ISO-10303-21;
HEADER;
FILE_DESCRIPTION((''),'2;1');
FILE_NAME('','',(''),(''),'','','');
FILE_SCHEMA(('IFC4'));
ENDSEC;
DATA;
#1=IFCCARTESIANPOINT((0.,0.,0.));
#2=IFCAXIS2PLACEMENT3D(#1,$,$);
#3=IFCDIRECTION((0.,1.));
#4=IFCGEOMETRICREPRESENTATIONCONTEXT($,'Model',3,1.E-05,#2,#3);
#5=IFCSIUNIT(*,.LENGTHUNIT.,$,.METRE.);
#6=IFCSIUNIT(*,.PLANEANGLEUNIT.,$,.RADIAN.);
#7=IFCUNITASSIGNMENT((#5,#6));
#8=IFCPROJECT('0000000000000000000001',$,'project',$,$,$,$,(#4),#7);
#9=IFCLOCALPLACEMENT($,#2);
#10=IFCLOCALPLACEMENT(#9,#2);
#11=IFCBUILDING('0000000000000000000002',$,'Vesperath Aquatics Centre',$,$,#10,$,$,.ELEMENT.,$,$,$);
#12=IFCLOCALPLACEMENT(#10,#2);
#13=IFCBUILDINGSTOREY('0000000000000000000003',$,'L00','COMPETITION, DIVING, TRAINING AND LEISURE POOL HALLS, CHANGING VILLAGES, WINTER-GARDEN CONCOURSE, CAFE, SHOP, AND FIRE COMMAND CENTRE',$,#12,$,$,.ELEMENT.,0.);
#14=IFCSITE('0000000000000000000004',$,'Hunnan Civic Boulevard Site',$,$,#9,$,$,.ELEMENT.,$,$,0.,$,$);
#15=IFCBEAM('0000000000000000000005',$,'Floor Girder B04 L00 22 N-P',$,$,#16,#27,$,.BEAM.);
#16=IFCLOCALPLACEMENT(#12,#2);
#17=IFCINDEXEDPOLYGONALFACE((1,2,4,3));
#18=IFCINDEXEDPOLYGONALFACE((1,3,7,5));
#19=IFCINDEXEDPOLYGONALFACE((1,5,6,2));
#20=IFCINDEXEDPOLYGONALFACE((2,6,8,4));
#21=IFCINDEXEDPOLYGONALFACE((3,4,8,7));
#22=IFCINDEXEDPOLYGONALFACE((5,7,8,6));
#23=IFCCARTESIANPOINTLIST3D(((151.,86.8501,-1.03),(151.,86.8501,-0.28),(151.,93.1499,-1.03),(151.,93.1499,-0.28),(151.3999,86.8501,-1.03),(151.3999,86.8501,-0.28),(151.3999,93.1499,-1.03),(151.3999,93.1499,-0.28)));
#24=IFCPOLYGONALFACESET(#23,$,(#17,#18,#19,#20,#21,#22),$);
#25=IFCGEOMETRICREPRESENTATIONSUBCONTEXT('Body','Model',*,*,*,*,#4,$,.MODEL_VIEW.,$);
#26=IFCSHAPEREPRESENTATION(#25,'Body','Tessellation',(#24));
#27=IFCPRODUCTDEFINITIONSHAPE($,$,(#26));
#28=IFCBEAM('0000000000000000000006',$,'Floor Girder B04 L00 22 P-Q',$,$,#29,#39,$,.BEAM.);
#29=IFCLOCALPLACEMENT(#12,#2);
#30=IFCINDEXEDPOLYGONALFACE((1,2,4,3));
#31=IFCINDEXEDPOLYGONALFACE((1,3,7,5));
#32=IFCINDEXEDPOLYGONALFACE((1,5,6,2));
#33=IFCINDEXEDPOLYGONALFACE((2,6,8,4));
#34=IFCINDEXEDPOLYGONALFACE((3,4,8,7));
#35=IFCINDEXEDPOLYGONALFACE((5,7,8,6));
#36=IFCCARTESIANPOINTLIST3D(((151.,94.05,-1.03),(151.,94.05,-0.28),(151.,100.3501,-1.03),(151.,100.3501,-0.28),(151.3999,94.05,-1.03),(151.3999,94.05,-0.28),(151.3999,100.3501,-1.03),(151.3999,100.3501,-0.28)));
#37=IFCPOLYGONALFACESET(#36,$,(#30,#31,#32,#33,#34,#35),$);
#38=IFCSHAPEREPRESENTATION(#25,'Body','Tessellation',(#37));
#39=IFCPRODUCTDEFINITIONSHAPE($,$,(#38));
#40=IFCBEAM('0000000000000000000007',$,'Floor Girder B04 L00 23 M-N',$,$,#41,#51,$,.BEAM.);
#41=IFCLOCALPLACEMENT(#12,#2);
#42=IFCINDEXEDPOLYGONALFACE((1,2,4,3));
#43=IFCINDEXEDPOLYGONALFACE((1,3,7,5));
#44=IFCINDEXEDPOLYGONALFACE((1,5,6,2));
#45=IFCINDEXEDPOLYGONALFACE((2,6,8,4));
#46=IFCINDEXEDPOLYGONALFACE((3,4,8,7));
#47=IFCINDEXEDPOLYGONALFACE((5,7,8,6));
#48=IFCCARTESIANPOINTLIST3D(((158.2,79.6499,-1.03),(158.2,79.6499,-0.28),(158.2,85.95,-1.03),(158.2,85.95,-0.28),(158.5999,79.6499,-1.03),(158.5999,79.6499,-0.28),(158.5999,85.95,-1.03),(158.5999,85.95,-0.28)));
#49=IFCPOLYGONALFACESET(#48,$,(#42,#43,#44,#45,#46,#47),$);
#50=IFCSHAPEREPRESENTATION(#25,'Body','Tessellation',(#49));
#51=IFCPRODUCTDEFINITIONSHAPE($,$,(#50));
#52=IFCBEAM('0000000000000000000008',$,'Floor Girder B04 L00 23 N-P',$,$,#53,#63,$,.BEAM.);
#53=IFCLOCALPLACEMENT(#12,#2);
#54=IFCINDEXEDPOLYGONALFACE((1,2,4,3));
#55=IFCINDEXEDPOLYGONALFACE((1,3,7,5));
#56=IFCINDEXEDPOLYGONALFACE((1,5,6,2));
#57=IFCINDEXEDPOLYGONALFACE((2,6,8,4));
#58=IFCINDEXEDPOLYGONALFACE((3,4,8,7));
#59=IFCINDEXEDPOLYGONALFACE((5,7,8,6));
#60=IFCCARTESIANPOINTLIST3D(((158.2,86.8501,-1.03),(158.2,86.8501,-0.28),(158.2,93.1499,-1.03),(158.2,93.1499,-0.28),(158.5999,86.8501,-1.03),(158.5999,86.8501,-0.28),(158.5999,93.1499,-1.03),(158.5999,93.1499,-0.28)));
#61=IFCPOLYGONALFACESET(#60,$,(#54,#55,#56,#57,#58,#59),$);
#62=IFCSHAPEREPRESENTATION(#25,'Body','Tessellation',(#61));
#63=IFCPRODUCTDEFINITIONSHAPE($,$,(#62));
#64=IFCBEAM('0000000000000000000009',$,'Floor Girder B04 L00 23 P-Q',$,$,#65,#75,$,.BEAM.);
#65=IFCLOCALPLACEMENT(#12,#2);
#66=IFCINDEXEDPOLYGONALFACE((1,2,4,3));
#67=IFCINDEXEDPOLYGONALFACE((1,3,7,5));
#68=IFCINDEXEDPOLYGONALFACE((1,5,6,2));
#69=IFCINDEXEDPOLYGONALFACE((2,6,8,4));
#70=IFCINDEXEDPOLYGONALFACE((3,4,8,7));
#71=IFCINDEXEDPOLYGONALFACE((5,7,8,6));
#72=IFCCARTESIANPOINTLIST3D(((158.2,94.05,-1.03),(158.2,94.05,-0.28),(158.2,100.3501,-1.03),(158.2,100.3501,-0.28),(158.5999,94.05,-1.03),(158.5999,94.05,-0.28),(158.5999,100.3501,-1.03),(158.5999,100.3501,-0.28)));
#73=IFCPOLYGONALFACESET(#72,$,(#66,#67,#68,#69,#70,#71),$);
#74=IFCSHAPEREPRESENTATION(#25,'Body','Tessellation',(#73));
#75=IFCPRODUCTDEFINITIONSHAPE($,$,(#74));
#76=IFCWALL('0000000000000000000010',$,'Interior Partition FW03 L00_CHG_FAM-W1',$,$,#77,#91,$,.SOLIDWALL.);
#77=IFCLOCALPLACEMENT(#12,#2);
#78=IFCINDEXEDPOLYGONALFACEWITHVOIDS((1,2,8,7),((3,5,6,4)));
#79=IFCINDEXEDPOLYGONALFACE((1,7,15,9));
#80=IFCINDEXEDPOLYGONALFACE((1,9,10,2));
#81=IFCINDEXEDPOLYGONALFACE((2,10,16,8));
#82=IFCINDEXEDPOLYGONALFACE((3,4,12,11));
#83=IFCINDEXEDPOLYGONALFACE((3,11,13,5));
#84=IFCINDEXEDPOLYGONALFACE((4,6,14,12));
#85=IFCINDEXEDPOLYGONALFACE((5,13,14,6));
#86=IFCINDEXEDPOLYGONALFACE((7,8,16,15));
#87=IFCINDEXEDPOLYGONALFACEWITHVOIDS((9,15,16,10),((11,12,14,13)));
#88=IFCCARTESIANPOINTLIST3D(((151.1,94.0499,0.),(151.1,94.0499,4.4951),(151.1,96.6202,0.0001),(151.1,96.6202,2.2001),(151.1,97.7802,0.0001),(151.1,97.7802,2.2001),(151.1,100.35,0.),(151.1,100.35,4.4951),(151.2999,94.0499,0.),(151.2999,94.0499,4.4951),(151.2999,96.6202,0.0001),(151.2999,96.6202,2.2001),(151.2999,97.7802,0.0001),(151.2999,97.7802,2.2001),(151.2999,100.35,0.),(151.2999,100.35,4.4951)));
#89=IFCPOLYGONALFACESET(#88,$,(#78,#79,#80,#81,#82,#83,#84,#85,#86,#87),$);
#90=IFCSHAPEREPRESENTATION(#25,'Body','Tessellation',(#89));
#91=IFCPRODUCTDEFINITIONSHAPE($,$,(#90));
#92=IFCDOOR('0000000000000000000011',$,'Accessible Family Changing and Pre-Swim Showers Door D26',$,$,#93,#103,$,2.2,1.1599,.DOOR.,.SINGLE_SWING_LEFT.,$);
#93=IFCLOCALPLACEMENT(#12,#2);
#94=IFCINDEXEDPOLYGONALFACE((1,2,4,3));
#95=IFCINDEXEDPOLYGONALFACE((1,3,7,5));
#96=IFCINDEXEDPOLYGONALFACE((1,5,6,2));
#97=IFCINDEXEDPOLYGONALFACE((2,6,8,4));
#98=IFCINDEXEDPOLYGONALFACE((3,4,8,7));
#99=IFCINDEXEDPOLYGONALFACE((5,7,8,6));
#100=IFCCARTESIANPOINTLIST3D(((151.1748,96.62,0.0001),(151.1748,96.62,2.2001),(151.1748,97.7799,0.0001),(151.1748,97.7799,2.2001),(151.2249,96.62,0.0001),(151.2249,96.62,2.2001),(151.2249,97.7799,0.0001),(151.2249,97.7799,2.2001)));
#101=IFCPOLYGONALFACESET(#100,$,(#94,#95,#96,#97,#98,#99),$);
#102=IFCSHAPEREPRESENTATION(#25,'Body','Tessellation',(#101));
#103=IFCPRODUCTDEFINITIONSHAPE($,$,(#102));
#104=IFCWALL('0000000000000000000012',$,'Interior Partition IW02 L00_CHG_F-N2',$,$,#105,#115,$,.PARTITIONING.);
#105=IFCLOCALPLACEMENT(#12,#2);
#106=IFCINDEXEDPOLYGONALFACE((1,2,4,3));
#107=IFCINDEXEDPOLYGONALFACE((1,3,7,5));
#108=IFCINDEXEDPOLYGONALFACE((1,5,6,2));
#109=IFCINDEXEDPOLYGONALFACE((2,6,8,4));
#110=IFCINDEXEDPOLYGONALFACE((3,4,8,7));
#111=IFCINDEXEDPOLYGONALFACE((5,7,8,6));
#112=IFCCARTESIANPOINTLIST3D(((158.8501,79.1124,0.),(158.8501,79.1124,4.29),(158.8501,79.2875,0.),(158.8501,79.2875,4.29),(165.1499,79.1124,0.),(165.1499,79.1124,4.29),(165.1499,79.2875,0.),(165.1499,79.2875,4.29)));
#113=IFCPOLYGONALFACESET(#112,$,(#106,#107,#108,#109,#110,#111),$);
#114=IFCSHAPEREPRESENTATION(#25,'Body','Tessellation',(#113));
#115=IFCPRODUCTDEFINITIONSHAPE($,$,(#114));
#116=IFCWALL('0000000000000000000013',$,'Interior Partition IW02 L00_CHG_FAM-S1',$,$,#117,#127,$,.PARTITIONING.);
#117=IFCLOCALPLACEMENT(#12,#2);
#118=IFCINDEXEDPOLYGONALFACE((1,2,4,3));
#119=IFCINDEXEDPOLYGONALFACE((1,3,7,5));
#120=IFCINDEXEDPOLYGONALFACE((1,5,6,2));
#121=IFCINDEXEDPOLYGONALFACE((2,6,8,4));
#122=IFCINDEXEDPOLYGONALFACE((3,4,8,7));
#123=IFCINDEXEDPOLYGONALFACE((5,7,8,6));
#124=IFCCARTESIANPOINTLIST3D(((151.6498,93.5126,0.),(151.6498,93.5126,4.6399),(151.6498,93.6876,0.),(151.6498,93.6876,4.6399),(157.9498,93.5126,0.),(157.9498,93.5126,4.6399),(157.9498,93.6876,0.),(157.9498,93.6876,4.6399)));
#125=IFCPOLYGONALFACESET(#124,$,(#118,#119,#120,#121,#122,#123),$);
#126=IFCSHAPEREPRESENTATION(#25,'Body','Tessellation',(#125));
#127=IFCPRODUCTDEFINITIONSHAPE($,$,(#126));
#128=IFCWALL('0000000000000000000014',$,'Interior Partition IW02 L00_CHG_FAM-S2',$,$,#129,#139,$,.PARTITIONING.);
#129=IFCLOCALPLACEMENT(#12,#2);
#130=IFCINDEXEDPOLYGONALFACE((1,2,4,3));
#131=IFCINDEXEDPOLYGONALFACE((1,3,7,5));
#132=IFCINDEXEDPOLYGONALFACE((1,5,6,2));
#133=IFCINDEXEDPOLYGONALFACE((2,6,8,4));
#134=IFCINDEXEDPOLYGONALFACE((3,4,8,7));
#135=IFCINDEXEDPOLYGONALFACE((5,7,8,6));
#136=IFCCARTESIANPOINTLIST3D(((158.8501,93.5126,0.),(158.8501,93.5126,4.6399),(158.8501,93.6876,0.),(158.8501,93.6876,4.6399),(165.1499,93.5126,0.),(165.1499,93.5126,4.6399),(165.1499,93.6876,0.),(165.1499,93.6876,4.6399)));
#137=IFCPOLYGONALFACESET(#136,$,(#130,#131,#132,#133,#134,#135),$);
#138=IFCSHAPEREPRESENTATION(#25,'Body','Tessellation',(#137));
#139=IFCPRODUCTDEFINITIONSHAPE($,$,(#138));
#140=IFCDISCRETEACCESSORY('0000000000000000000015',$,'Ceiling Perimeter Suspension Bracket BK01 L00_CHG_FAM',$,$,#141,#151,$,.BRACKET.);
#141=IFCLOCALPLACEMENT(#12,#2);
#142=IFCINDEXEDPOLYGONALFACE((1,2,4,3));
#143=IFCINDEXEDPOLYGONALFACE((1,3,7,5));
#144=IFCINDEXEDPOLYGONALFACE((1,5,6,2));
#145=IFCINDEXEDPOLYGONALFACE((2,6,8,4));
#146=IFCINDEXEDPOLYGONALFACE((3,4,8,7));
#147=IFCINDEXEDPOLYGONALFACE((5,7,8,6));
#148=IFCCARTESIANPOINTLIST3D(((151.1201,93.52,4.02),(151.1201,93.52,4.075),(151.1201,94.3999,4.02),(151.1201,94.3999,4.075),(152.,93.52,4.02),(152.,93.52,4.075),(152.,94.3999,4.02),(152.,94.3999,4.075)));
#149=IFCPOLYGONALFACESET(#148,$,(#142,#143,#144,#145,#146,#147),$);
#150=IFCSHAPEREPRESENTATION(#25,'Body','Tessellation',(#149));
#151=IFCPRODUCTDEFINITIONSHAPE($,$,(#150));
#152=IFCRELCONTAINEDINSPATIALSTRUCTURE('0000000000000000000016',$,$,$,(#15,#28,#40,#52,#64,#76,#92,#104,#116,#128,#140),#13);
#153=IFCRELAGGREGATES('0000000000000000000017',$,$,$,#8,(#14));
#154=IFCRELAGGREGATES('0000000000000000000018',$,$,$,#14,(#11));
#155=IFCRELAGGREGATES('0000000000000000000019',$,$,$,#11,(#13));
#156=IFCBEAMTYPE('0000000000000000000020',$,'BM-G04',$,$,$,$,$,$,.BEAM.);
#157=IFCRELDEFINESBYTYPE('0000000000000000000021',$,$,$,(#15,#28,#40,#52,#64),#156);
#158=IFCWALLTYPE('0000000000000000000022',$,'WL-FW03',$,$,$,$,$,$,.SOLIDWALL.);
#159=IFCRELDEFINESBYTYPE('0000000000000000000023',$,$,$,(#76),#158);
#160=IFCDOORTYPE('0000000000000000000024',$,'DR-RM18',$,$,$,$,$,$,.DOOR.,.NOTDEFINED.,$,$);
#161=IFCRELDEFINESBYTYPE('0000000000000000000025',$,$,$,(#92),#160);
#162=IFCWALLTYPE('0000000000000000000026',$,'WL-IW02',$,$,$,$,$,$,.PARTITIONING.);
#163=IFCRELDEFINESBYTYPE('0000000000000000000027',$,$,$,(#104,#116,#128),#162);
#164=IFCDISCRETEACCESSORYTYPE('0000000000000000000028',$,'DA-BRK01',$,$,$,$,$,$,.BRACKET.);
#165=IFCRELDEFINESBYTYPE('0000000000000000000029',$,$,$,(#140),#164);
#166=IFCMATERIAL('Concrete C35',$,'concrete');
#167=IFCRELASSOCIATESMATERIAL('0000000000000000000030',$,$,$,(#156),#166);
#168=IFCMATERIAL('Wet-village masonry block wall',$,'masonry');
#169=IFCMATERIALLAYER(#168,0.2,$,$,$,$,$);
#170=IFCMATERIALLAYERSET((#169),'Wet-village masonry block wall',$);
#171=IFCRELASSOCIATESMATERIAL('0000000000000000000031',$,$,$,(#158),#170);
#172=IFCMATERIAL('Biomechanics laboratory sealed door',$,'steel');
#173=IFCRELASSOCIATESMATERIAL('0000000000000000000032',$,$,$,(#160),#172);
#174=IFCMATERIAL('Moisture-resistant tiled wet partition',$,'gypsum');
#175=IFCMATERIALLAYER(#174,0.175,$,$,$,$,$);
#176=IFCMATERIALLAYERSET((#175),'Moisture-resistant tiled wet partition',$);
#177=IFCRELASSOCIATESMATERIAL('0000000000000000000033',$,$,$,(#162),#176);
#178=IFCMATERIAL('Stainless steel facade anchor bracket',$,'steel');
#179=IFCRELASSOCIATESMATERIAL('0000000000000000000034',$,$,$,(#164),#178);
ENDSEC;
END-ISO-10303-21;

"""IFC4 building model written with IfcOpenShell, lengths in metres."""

from ifc_helpers import new_model, si_unit, direction, frame, frame_2d, origin, origin_2d, place, context, subcontext, project, spatial, rectangle, extrude, material, layer, layer_set, material_profile, profile_set, type_object, element, fill, save


model = new_model("IFC4")

# Units and contexts
model_context = context("Model", 3, precision=1e-05, world=origin(), true_north=direction((0.0, 1.0)))
body_context = subcontext(model_context, "Body", "Model", "MODEL_VIEW")
ifc_project = project(units=[si_unit("LENGTHUNIT", "METRE"), si_unit("PLANEANGLEUNIT", "RADIAN")], contexts=[model_context])

# Site, building, storey
site_placement = place(None, origin())
site = spatial("IfcSite", under=ifc_project, at=site_placement, Name="Hunnan Civic Boulevard Site", CompositionType="ELEMENT", RefElevation=0.0)
building_placement = place(site_placement, origin())
building = spatial("IfcBuilding", under=site, at=building_placement, Name="Vesperath Aquatics Centre", CompositionType="ELEMENT")
storey_placement = place(building_placement, origin())
storey = spatial("IfcBuildingStorey", under=building, at=storey_placement, Name="L00", Description="COMPETITION, DIVING, TRAINING AND LEISURE POOL HALLS, CHANGING VILLAGES, WINTER-GARDEN CONCOURSE, CAFE, SHOP, AND FIRE COMMAND CENTRE", CompositionType="ELEMENT", Elevation=0.0)

# Beams
ifc_material_1 = material(Name="Concrete C35", Category="concrete")
ifc_material_profile_1 = material_profile(ifc_material_1, rectangle(XDim=0.3999, YDim=0.75, at=origin_2d()), Name="RC 400x750")
ifc_profile_set_1 = profile_set([ifc_material_profile_1], Name="Concrete C35")
beam_type_1 = type_object("IfcBeamType", Name="BM-G04", PredefinedType="BEAM", material=ifc_profile_set_1)
beam_1_placement = place(storey_placement, frame((151.2, 86.8501, -0.655), z_axis=(0.0, 1.0, 0.0), x_axis=(-1.0, 0.0, 0.0)))
element("IfcBeam", 1, at=beam_1_placement, inside=storey, type_object=beam_type_1, Name="Floor Girder B04 L00 22 N-P", PredefinedType="BEAM", context=body_context, shape_type="SweptSolid", body=[
    extrude(rectangle(XDim=0.3999, YDim=0.75, at=origin_2d()), origin(), (0.0, 0.0, 1.0), 6.2998),
])
for number, where, z_axis, x_axis, name in (
    (2, (151.2, 94.05, -0.655), (0.0, 1.0, 0.0), (-1.0, 0.0, 0.0), "Floor Girder B04 L00 22 P-Q"),
    (3, (158.3999, 79.6499, -0.655), (0.0, 1.0, 0.0), (-1.0, 0.0, 0.0), "Floor Girder B04 L00 23 M-N"),
):
    element("IfcBeam", number, at=place(storey_placement, frame(where, z_axis=z_axis, x_axis=x_axis)), inside=storey, type_object=beam_type_1, Name=name, PredefinedType="BEAM", context=body_context, shape_type="SweptSolid", body=[
        extrude(rectangle(XDim=0.3999, YDim=0.75, at=origin_2d()), origin(), (0.0, 0.0, 1.0), 6.3),
    ])
beam_2_placement = place(storey_placement, frame((158.3999, 86.8501, -0.655), z_axis=(0.0, 1.0, 0.0), x_axis=(-1.0, 0.0, 0.0)))
element("IfcBeam", 4, at=beam_2_placement, inside=storey, type_object=beam_type_1, Name="Floor Girder B04 L00 23 N-P", PredefinedType="BEAM", context=body_context, shape_type="SweptSolid", body=[
    extrude(rectangle(XDim=0.3999, YDim=0.75, at=origin_2d()), origin(), (0.0, 0.0, 1.0), 6.2998),
])
beam_3_placement = place(storey_placement, frame((158.3999, 94.05, -0.655), z_axis=(0.0, 1.0, 0.0), x_axis=(-1.0, 0.0, 0.0)))
element("IfcBeam", 5, at=beam_3_placement, inside=storey, type_object=beam_type_1, Name="Floor Girder B04 L00 23 P-Q", PredefinedType="BEAM", context=body_context, shape_type="SweptSolid", body=[
    extrude(rectangle(XDim=0.3999, YDim=0.75, at=origin_2d()), origin(), (0.0, 0.0, 1.0), 6.3),
])

# Wall, opening, door
ifc_material_2 = material(Name="Wet-village masonry block wall", Category="masonry")
ifc_layer_1 = layer(ifc_material_2, 0.2)
ifc_layer_set_1 = layer_set([ifc_layer_1], Name="Wet-village masonry block wall")
wall_type_1 = type_object("IfcWallType", Name="WL-FW03", PredefinedType="SOLIDWALL", material=ifc_layer_set_1)
wall_1_placement = place(storey_placement, frame((151.2, 94.05, 0.0), z_axis=(0.0, 0.0, 1.0), x_axis=(0.0, 1.0, 0.0)))
wall_1 = element("IfcWall", 6, at=wall_1_placement, inside=storey, type_object=wall_type_1, Name="Interior Partition FW03 L00_CHG_FAM-W1", PredefinedType="SOLIDWALL", context=body_context, shape_type="SweptSolid", body=[
    extrude(rectangle(XDim=6.3, YDim=0.2, at=frame_2d((3.1499, 0.0))), origin(), (0.0, 0.0, 1.0), 4.4951),
])
opening_placement = place(wall_1_placement, frame((2.5701, 0.0, 0.0)))
opening = element("IfcOpeningElement", 7, at=opening_placement, cuts=wall_1, PredefinedType="OPENING", context=body_context, shape_type="SweptSolid", body=[
    extrude(rectangle(XDim=1.1599, YDim=2.2, at=frame_2d((0.5801, 1.1001))), frame((0.0, 0.1147, 0.0), z_axis=(0.0, -1.0, 0.0), x_axis=(1.0, 0.0, 0.0)), (0.0, 0.0, 1.0), 0.2297),
])
ifc_material_3 = material(Name="Biomechanics laboratory sealed door", Category="steel")
door_type = type_object("IfcDoorType", Name="DR-RM18", OperationType="NOTDEFINED", PredefinedType="DOOR", material=ifc_material_3)
door_placement = place(opening_placement, frame((1.1599, 0.0, 0.0), z_axis=(0.0, 0.0, 1.0), x_axis=(-1.0, 0.0, 0.0)))
door = element("IfcDoor", 8, at=door_placement, inside=storey, type_object=door_type, Name="Accessible Family Changing and Pre-Swim Showers Door D26", OperationType="SINGLE_SWING_LEFT", OverallHeight=2.2, OverallWidth=1.1599, PredefinedType="DOOR", context=body_context, shape_type="SweptSolid", body=[
    extrude(rectangle(XDim=1.1599, YDim=2.2, at=frame_2d((0.5801, 1.1001))), frame((0.0, 0.0249, 0.0), z_axis=(0.0, -1.0, 0.0), x_axis=(1.0, 0.0, 0.0)), (0.0, 0.0, 1.0), 0.05),
])
fill(opening, door)

# Walls
ifc_material_4 = material(Name="Moisture-resistant tiled wet partition", Category="gypsum")
ifc_layer_2 = layer(ifc_material_4, 0.175)
ifc_layer_set_2 = layer_set([ifc_layer_2], Name="Moisture-resistant tiled wet partition")
wall_type_2 = type_object("IfcWallType", Name="WL-IW02", PredefinedType="PARTITIONING", material=ifc_layer_set_2)
wall_2_placement = place(storey_placement, frame((158.8501, 79.2, 0.0), z_axis=(0.0, 0.0, 1.0), x_axis=(1.0, 0.0, 0.0)))
element("IfcWall", 9, at=wall_2_placement, inside=storey, type_object=wall_type_2, Name="Interior Partition IW02 L00_CHG_F-N2", PredefinedType="PARTITIONING", context=body_context, shape_type="SweptSolid", body=[
    extrude(rectangle(XDim=6.2998, YDim=0.175, at=frame_2d((3.1499, 0.0))), origin(), (0.0, 0.0, 1.0), 4.29),
])
wall_3_placement = place(storey_placement, frame((151.6499, 93.6001, 0.0), z_axis=(0.0, 0.0, 1.0), x_axis=(1.0, 0.0, 0.0)))
element("IfcWall", 10, at=wall_3_placement, inside=storey, type_object=wall_type_2, Name="Interior Partition IW02 L00_CHG_FAM-S1", PredefinedType="PARTITIONING", context=body_context, shape_type="SweptSolid", body=[
    extrude(rectangle(XDim=6.3, YDim=0.175, at=frame_2d((3.1499, 0.0))), origin(), (0.0, 0.0, 1.0), 4.6399),
])
wall_4_placement = place(storey_placement, frame((158.8501, 93.6001, 0.0), z_axis=(0.0, 0.0, 1.0), x_axis=(1.0, 0.0, 0.0)))
element("IfcWall", 11, at=wall_4_placement, inside=storey, type_object=wall_type_2, Name="Interior Partition IW02 L00_CHG_FAM-S2", PredefinedType="PARTITIONING", context=body_context, shape_type="SweptSolid", body=[
    extrude(rectangle(XDim=6.2998, YDim=0.175, at=frame_2d((3.1499, 0.0))), origin(), (0.0, 0.0, 1.0), 4.6399),
])

# Discrete accessory
ifc_material_5 = material(Name="Stainless steel facade anchor bracket", Category="steel")
discrete_accessory_type = type_object("IfcDiscreteAccessoryType", Name="DA-BRK01", PredefinedType="BRACKET", material=ifc_material_5)
discrete_accessory_placement = place(storey_placement, frame((151.5601, 93.96, 4.02), z_axis=(0.0, 0.0, 1.0), x_axis=(1.0, 0.0, 0.0)))
element("IfcDiscreteAccessory", 12, at=discrete_accessory_placement, inside=storey, type_object=discrete_accessory_type, Name="Ceiling Perimeter Suspension Bracket BK01 L00_CHG_FAM", PredefinedType="BRACKET", context=body_context, shape_type="SweptSolid", body=[
    extrude(rectangle(XDim=0.8799, YDim=0.8799, at=origin_2d()), origin(), (0.0, 0.0, 1.0), 0.0549),
])

save(model, "model.ifc")
